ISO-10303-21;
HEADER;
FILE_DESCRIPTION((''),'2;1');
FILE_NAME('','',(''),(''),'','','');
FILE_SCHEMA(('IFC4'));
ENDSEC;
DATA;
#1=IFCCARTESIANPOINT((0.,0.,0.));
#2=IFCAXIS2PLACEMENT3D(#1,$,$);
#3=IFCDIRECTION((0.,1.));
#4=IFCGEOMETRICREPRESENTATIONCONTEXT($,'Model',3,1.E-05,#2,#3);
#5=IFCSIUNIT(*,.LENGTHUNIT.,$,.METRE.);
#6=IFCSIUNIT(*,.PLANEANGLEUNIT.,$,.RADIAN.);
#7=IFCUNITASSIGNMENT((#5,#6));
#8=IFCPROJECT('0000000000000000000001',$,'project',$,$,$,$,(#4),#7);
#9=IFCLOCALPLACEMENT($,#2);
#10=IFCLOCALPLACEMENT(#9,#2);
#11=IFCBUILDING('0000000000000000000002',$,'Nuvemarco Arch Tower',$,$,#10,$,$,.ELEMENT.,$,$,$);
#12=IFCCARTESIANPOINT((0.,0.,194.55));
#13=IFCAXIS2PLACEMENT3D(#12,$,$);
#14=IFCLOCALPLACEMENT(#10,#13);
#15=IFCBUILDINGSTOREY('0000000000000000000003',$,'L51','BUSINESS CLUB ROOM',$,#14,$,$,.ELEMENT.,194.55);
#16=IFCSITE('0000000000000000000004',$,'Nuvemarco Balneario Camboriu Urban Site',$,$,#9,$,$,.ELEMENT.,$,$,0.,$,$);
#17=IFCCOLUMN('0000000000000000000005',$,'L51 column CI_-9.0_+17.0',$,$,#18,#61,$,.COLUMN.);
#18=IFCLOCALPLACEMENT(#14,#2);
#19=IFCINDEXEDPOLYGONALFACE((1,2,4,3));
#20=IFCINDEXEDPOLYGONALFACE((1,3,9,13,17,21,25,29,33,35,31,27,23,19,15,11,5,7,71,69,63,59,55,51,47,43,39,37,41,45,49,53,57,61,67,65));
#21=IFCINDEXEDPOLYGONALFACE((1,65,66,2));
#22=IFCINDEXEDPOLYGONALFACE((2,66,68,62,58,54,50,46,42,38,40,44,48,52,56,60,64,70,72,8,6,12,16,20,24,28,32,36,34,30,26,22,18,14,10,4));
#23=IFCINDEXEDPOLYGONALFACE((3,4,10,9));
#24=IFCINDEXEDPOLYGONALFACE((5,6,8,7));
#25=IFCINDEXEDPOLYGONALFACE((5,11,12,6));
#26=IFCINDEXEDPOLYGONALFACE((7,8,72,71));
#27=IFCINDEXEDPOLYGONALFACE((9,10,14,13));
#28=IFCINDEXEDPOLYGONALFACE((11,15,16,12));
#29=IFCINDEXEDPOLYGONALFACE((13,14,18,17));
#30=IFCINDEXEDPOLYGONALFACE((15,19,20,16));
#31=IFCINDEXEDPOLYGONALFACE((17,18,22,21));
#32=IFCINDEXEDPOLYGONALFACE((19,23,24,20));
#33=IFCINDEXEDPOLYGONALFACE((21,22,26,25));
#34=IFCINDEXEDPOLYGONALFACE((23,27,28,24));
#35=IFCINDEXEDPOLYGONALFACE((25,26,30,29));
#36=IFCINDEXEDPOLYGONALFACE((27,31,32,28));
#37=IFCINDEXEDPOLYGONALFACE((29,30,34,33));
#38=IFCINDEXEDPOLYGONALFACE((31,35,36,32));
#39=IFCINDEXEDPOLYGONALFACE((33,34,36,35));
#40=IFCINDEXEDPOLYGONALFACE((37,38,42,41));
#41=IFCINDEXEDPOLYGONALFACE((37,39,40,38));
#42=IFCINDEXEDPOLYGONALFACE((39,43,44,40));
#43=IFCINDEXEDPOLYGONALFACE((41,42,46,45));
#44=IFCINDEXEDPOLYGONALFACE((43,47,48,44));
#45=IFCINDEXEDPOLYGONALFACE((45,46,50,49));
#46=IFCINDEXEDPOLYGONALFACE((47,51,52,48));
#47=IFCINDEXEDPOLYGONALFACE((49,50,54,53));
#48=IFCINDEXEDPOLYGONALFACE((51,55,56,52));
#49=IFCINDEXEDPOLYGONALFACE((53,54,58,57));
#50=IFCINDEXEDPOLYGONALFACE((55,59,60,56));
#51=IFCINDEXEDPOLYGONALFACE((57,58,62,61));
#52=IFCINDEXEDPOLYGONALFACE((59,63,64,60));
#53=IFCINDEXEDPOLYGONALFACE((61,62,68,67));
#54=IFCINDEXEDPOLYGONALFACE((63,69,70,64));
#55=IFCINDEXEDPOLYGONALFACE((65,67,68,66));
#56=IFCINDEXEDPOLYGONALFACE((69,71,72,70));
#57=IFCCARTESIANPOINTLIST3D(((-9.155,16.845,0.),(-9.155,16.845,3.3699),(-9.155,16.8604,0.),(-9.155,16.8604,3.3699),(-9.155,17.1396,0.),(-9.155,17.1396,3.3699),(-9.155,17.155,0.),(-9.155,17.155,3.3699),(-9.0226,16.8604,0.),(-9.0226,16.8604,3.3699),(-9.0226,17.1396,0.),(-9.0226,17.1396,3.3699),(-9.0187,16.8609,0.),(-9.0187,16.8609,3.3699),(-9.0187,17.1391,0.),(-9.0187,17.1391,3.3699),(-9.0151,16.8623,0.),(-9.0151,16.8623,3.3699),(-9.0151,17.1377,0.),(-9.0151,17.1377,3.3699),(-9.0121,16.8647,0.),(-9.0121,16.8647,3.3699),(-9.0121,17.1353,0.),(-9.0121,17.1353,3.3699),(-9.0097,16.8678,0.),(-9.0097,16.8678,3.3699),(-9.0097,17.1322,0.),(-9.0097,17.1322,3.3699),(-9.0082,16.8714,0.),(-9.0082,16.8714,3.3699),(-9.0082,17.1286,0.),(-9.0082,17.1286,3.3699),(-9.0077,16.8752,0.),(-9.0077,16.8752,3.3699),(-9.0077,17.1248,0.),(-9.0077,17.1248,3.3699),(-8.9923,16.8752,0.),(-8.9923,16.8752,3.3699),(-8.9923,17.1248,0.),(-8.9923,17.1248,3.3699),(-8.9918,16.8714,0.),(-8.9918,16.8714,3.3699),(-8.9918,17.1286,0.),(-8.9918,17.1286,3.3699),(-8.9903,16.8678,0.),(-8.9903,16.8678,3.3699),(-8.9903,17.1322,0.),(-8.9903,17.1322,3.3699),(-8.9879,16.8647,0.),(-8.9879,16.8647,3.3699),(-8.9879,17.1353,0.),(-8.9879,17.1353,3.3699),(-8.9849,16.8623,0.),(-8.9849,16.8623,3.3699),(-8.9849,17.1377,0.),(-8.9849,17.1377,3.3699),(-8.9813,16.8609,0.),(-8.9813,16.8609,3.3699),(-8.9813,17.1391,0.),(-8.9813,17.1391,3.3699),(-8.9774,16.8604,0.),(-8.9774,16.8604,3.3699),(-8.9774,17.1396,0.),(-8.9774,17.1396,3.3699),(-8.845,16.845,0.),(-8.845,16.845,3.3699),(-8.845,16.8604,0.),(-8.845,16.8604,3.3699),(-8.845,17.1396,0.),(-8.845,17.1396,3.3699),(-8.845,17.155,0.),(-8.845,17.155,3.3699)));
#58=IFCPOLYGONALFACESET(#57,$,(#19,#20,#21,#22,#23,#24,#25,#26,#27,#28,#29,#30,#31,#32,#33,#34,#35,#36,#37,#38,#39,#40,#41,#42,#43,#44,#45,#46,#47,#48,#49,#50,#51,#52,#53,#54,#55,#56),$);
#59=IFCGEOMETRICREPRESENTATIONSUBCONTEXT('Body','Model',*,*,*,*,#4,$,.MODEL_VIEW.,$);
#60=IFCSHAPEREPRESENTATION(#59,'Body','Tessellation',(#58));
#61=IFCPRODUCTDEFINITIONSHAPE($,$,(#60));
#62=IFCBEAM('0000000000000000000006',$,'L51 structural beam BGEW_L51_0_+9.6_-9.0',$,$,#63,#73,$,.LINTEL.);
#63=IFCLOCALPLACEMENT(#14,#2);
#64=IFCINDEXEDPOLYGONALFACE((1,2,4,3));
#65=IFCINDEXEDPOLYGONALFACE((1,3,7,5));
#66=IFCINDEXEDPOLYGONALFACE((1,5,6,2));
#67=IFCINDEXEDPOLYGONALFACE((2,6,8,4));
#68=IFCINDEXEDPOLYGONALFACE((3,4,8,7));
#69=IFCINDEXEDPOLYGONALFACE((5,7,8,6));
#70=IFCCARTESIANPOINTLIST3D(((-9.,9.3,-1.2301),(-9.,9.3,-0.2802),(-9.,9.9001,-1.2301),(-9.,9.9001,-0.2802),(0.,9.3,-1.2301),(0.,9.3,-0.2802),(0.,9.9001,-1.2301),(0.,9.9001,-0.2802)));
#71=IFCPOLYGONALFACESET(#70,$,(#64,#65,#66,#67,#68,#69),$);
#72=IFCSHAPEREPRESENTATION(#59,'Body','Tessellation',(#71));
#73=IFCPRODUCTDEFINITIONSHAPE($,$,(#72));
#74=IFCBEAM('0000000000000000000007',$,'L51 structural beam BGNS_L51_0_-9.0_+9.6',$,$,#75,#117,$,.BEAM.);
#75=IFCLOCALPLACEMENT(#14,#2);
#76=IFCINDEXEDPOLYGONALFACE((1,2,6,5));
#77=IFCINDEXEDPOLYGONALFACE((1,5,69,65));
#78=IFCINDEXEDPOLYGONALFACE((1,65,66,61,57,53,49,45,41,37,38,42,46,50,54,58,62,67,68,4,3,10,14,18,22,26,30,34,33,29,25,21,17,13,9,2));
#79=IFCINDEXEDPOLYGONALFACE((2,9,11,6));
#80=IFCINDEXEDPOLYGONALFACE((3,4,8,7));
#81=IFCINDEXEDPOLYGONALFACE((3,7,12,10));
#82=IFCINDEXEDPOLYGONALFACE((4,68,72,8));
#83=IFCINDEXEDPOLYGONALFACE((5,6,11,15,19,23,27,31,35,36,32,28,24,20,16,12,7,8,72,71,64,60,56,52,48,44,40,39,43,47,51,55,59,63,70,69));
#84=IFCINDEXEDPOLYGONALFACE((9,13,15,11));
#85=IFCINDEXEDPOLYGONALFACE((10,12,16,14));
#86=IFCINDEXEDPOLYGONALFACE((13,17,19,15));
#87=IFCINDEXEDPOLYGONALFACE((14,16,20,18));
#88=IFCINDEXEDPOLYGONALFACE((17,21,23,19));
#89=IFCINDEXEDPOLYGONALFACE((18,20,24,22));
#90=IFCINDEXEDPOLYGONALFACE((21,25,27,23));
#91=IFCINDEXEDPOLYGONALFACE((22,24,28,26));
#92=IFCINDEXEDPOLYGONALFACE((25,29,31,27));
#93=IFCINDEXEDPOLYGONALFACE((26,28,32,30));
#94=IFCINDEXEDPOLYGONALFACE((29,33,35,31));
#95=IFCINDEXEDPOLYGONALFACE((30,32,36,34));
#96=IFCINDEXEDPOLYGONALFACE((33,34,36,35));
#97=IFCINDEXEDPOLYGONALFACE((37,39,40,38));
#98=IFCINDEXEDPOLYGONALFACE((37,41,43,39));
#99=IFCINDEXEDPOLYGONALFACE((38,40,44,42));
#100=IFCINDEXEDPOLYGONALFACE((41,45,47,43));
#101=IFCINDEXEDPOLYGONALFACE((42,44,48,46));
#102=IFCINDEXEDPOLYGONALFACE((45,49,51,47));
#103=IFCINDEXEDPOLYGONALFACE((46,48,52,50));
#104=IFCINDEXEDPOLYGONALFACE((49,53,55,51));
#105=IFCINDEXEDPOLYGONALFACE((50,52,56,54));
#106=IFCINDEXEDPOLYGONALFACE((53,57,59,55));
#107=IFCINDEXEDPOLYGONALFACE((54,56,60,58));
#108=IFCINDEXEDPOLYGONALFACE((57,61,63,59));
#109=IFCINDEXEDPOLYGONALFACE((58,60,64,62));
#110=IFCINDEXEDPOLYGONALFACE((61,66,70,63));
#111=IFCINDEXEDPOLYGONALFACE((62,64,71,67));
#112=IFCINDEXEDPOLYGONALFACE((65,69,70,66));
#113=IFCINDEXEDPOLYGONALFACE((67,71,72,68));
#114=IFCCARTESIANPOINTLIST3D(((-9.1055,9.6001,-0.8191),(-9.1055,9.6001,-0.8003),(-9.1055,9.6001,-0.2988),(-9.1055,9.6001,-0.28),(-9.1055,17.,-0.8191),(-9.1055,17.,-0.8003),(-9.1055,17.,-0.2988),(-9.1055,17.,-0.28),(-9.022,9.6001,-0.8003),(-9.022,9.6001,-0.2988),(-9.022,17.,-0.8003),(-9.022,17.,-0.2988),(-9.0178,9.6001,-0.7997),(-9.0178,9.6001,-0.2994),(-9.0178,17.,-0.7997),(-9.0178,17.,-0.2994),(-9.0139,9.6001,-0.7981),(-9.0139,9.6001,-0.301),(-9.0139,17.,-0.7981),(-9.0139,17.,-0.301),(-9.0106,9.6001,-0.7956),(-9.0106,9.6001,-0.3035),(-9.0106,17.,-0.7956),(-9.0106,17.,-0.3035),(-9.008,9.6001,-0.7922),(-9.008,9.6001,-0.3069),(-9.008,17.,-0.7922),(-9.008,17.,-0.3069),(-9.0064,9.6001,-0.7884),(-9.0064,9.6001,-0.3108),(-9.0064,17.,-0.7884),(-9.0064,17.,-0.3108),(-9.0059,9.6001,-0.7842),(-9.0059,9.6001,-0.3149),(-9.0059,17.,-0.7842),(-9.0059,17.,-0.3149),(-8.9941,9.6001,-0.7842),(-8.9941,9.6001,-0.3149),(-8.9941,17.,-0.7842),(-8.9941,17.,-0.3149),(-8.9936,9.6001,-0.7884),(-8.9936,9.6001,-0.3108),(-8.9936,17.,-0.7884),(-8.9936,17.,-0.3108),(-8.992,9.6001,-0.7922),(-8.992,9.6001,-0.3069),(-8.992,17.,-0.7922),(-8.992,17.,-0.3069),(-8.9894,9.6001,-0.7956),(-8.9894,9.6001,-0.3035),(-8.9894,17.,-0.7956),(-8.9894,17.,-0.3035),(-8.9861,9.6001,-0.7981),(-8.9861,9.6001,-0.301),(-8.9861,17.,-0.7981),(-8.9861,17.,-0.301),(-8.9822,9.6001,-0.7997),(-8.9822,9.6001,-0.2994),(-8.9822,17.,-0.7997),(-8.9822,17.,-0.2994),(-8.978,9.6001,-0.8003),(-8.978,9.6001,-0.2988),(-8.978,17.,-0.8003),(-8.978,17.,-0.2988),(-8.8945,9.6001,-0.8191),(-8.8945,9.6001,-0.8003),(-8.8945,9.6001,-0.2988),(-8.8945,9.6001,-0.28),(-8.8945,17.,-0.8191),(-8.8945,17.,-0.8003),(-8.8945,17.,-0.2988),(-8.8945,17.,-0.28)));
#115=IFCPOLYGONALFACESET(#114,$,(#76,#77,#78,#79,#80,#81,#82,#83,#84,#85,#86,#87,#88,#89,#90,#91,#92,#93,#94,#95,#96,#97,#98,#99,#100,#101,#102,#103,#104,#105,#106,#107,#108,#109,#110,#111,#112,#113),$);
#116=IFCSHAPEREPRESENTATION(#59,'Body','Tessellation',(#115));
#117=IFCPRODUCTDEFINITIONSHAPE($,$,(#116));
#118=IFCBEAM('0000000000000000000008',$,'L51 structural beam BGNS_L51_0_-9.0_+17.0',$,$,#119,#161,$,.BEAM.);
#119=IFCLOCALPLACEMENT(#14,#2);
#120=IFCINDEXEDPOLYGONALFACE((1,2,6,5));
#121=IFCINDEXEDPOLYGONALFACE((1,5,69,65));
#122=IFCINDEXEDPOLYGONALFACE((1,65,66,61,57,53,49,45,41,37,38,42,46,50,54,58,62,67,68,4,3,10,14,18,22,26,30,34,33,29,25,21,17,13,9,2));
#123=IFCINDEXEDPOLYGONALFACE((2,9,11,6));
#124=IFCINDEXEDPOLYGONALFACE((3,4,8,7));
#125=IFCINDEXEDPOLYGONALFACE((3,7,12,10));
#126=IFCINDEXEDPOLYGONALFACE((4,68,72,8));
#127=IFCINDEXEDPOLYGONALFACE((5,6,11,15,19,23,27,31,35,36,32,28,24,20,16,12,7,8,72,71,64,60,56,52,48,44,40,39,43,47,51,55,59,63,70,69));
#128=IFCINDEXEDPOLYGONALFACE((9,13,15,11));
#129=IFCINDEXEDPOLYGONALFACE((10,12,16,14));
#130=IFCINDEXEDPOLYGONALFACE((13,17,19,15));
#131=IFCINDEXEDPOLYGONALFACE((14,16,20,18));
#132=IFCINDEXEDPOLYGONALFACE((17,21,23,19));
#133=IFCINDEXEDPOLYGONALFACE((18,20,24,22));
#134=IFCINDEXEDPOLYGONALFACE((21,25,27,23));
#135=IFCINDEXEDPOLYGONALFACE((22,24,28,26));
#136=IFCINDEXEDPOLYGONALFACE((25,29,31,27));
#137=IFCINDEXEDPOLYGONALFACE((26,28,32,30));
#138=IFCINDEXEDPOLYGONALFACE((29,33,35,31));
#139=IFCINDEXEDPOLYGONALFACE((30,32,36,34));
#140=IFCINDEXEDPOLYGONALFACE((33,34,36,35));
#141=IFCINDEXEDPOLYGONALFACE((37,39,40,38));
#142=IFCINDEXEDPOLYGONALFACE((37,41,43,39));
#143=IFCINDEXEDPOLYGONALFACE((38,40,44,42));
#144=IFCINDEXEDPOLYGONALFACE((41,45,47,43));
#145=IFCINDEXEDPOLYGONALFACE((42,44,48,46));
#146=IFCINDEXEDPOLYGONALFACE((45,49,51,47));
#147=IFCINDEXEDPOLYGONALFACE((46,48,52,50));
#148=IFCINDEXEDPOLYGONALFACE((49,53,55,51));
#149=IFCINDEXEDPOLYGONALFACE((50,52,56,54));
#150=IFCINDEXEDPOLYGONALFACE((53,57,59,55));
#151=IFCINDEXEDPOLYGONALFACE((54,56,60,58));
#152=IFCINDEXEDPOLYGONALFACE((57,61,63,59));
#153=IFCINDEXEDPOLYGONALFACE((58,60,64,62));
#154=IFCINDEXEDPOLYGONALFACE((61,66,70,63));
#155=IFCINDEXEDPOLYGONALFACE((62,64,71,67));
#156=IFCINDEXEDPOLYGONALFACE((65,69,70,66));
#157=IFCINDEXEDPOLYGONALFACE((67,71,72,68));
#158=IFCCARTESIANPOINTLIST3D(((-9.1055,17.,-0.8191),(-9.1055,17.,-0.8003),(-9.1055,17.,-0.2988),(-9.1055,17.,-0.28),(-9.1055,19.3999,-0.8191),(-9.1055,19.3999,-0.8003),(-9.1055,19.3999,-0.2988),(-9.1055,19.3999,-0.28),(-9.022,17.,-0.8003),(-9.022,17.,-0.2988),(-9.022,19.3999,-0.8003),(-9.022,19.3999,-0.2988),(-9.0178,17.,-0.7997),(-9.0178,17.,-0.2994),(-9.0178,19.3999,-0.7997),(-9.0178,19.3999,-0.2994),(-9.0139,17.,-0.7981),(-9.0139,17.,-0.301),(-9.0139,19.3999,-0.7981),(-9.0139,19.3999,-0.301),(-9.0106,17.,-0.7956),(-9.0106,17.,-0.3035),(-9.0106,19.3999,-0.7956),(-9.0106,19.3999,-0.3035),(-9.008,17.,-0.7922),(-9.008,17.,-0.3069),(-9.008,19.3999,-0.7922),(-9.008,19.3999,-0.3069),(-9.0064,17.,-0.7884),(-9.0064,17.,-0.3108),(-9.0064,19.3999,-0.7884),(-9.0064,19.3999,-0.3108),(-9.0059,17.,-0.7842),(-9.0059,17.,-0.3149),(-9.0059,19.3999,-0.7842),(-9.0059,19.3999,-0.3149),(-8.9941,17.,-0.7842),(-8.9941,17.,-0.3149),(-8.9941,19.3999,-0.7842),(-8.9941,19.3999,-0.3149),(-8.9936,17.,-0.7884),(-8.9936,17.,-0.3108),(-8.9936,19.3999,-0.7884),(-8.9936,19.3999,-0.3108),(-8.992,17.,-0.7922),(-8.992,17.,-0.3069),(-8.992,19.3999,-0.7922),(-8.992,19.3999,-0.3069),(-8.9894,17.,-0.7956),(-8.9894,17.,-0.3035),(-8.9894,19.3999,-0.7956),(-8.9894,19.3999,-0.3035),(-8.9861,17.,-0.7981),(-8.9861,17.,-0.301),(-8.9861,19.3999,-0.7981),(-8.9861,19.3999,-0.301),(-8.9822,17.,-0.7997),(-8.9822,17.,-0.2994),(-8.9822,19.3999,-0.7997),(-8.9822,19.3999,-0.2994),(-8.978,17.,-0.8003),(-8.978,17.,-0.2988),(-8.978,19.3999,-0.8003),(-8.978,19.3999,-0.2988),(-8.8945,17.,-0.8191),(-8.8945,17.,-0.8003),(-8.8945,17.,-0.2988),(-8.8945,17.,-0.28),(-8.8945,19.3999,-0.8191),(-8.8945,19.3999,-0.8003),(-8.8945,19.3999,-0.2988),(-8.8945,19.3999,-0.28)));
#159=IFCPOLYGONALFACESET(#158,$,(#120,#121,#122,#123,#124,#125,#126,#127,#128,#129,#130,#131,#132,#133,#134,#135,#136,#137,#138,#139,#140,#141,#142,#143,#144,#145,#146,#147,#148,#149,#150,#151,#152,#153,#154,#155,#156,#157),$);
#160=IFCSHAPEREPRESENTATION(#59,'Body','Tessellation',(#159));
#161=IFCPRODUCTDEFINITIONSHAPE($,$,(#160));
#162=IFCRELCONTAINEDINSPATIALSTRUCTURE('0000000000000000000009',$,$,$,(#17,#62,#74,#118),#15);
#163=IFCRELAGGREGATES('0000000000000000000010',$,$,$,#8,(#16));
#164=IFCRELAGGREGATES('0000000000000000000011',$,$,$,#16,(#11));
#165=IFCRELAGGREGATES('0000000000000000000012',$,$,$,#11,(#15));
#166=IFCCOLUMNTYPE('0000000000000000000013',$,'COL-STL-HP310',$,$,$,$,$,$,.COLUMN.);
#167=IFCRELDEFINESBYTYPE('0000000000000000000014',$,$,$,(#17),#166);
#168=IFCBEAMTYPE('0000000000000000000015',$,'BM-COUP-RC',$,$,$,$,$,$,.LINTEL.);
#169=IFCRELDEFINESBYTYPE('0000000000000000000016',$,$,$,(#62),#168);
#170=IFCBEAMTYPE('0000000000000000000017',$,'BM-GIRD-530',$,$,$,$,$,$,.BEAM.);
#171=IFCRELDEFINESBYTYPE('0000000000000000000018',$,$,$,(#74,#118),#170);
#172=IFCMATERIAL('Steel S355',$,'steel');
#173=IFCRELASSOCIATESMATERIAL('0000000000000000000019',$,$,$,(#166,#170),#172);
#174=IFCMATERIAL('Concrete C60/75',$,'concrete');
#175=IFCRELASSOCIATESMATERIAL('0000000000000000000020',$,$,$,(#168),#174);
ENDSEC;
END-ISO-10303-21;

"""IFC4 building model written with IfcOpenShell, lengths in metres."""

from ifc_helpers import new_model, si_unit, direction, frame, origin, origin_2d, place, context, subcontext, project, spatial, rectangle, i_section, extrude, material, material_profile, profile_set, type_object, element, save


model = new_model("IFC4")

# Units and contexts
model_context = context("Model", 3, precision=1e-05, world=origin(), true_north=direction((0.0, 1.0)))
body_context = subcontext(model_context, "Body", "Model", "MODEL_VIEW")
ifc_project = project(units=[si_unit("LENGTHUNIT", "METRE"), si_unit("PLANEANGLEUNIT", "RADIAN")], contexts=[model_context])

# Site, building, storey
site_placement = place(None, origin())
site = spatial("IfcSite", under=ifc_project, at=site_placement, Name="Nuvemarco Balneario Camboriu Urban Site", CompositionType="ELEMENT", RefElevation=0.0)
building_placement = place(site_placement, origin())
building = spatial("IfcBuilding", under=site, at=building_placement, Name="Nuvemarco Arch Tower", CompositionType="ELEMENT")
storey_placement = place(building_placement, frame((0.0, 0.0, 194.55)))
storey = spatial("IfcBuildingStorey", under=building, at=storey_placement, Name="L51", Description="BUSINESS CLUB ROOM", CompositionType="ELEMENT", Elevation=194.55)

# Column
ifc_material_1 = material(Name="Steel S355", Category="steel")
ifc_material_profile_1 = material_profile(ifc_material_1, i_section(OverallWidth=0.3101, OverallDepth=0.3101, WebThickness=0.0154, FlangeThickness=0.0154, FilletRadius=0.0149, at=origin_2d()), Name="HP310x110")
ifc_profile_set_1 = profile_set([ifc_material_profile_1], Name="Steel S355")
column_type_1 = type_object("IfcColumnType", Name="COL-STL-HP310", PredefinedType="COLUMN", material=ifc_profile_set_1)
column_1_placement = place(storey_placement, frame((-9.0, 17.0, 0.0), z_axis=(0.0, 0.0, 1.0), x_axis=(1.0, 0.0, 0.0)))
element("IfcColumn", 1, at=column_1_placement, inside=storey, type_object=column_type_1, Name="L51 column CI_-9.0_+17.0", PredefinedType="COLUMN", context=body_context, shape_type="SweptSolid", body=[
    extrude(i_section(OverallWidth=0.3101, OverallDepth=0.3101, WebThickness=0.0154, FlangeThickness=0.0154, FilletRadius=0.0149, at=origin_2d()), origin(), (0.0, 0.0, 1.0), 3.3699),
])

# Beams
ifc_material_2 = material(Name="Concrete C60/75", Category="concrete")
ifc_material_profile_2 = material_profile(ifc_material_2, rectangle(XDim=0.6001, YDim=0.95, at=origin_2d()), Name="RC-BM-600x950")
ifc_profile_set_2 = profile_set([ifc_material_profile_2], Name="Concrete C60/75")
beam_type_1 = type_object("IfcBeamType", Name="BM-COUP-RC", PredefinedType="LINTEL", material=ifc_profile_set_2)
beam_1_placement = place(storey_placement, frame((-9.0, 9.6001, -0.7551), z_axis=(1.0, 0.0, 0.0), x_axis=(0.0, 1.0, 0.0)))
element("IfcBeam", 2, at=beam_1_placement, inside=storey, type_object=beam_type_1, Name="L51 structural beam BGEW_L51_0_+9.6_-9.0", PredefinedType="LINTEL", context=body_context, shape_type="SweptSolid", body=[
    extrude(rectangle(XDim=0.6001, YDim=0.95, at=origin_2d()), origin(), (0.0, 0.0, 1.0), 9.0),
])
ifc_material_profile_3 = material_profile(ifc_material_1, i_section(OverallWidth=0.2109, OverallDepth=0.5391, WebThickness=0.0117, FlangeThickness=0.0188, FilletRadius=0.0161, at=origin_2d()), Name="W530x109")
ifc_profile_set_3 = profile_set([ifc_material_profile_3], Name="Steel S355")
beam_type_2 = type_object("IfcBeamType", Name="BM-GIRD-530", PredefinedType="BEAM", material=ifc_profile_set_3)
beam_2_placement = place(storey_placement, frame((-9.0, 9.6001, -0.5496), z_axis=(0.0, 1.0, 0.0), x_axis=(-1.0, 0.0, 0.0)))
element("IfcBeam", 3, at=beam_2_placement, inside=storey, type_object=beam_type_2, Name="L51 structural beam BGNS_L51_0_-9.0_+9.6", PredefinedType="BEAM", context=body_context, shape_type="SweptSolid", body=[
    extrude(i_section(OverallWidth=0.2109, OverallDepth=0.5391, WebThickness=0.0117, FlangeThickness=0.0188, FilletRadius=0.0161, at=origin_2d()), origin(), (0.0, 0.0, 1.0), 7.3999),
])
beam_3_placement = place(storey_placement, frame((-9.0, 17.0, -0.5496), z_axis=(0.0, 1.0, 0.0), x_axis=(-1.0, 0.0, 0.0)))
element("IfcBeam", 4, at=beam_3_placement, inside=storey, type_object=beam_type_2, Name="L51 structural beam BGNS_L51_0_-9.0_+17.0", PredefinedType="BEAM", context=body_context, shape_type="SweptSolid", body=[
    extrude(i_section(OverallWidth=0.2109, OverallDepth=0.5391, WebThickness=0.0117, FlangeThickness=0.0188, FilletRadius=0.0161, at=origin_2d()), origin(), (0.0, 0.0, 1.0), 2.3999),
])

save(model, "model.ifc")
